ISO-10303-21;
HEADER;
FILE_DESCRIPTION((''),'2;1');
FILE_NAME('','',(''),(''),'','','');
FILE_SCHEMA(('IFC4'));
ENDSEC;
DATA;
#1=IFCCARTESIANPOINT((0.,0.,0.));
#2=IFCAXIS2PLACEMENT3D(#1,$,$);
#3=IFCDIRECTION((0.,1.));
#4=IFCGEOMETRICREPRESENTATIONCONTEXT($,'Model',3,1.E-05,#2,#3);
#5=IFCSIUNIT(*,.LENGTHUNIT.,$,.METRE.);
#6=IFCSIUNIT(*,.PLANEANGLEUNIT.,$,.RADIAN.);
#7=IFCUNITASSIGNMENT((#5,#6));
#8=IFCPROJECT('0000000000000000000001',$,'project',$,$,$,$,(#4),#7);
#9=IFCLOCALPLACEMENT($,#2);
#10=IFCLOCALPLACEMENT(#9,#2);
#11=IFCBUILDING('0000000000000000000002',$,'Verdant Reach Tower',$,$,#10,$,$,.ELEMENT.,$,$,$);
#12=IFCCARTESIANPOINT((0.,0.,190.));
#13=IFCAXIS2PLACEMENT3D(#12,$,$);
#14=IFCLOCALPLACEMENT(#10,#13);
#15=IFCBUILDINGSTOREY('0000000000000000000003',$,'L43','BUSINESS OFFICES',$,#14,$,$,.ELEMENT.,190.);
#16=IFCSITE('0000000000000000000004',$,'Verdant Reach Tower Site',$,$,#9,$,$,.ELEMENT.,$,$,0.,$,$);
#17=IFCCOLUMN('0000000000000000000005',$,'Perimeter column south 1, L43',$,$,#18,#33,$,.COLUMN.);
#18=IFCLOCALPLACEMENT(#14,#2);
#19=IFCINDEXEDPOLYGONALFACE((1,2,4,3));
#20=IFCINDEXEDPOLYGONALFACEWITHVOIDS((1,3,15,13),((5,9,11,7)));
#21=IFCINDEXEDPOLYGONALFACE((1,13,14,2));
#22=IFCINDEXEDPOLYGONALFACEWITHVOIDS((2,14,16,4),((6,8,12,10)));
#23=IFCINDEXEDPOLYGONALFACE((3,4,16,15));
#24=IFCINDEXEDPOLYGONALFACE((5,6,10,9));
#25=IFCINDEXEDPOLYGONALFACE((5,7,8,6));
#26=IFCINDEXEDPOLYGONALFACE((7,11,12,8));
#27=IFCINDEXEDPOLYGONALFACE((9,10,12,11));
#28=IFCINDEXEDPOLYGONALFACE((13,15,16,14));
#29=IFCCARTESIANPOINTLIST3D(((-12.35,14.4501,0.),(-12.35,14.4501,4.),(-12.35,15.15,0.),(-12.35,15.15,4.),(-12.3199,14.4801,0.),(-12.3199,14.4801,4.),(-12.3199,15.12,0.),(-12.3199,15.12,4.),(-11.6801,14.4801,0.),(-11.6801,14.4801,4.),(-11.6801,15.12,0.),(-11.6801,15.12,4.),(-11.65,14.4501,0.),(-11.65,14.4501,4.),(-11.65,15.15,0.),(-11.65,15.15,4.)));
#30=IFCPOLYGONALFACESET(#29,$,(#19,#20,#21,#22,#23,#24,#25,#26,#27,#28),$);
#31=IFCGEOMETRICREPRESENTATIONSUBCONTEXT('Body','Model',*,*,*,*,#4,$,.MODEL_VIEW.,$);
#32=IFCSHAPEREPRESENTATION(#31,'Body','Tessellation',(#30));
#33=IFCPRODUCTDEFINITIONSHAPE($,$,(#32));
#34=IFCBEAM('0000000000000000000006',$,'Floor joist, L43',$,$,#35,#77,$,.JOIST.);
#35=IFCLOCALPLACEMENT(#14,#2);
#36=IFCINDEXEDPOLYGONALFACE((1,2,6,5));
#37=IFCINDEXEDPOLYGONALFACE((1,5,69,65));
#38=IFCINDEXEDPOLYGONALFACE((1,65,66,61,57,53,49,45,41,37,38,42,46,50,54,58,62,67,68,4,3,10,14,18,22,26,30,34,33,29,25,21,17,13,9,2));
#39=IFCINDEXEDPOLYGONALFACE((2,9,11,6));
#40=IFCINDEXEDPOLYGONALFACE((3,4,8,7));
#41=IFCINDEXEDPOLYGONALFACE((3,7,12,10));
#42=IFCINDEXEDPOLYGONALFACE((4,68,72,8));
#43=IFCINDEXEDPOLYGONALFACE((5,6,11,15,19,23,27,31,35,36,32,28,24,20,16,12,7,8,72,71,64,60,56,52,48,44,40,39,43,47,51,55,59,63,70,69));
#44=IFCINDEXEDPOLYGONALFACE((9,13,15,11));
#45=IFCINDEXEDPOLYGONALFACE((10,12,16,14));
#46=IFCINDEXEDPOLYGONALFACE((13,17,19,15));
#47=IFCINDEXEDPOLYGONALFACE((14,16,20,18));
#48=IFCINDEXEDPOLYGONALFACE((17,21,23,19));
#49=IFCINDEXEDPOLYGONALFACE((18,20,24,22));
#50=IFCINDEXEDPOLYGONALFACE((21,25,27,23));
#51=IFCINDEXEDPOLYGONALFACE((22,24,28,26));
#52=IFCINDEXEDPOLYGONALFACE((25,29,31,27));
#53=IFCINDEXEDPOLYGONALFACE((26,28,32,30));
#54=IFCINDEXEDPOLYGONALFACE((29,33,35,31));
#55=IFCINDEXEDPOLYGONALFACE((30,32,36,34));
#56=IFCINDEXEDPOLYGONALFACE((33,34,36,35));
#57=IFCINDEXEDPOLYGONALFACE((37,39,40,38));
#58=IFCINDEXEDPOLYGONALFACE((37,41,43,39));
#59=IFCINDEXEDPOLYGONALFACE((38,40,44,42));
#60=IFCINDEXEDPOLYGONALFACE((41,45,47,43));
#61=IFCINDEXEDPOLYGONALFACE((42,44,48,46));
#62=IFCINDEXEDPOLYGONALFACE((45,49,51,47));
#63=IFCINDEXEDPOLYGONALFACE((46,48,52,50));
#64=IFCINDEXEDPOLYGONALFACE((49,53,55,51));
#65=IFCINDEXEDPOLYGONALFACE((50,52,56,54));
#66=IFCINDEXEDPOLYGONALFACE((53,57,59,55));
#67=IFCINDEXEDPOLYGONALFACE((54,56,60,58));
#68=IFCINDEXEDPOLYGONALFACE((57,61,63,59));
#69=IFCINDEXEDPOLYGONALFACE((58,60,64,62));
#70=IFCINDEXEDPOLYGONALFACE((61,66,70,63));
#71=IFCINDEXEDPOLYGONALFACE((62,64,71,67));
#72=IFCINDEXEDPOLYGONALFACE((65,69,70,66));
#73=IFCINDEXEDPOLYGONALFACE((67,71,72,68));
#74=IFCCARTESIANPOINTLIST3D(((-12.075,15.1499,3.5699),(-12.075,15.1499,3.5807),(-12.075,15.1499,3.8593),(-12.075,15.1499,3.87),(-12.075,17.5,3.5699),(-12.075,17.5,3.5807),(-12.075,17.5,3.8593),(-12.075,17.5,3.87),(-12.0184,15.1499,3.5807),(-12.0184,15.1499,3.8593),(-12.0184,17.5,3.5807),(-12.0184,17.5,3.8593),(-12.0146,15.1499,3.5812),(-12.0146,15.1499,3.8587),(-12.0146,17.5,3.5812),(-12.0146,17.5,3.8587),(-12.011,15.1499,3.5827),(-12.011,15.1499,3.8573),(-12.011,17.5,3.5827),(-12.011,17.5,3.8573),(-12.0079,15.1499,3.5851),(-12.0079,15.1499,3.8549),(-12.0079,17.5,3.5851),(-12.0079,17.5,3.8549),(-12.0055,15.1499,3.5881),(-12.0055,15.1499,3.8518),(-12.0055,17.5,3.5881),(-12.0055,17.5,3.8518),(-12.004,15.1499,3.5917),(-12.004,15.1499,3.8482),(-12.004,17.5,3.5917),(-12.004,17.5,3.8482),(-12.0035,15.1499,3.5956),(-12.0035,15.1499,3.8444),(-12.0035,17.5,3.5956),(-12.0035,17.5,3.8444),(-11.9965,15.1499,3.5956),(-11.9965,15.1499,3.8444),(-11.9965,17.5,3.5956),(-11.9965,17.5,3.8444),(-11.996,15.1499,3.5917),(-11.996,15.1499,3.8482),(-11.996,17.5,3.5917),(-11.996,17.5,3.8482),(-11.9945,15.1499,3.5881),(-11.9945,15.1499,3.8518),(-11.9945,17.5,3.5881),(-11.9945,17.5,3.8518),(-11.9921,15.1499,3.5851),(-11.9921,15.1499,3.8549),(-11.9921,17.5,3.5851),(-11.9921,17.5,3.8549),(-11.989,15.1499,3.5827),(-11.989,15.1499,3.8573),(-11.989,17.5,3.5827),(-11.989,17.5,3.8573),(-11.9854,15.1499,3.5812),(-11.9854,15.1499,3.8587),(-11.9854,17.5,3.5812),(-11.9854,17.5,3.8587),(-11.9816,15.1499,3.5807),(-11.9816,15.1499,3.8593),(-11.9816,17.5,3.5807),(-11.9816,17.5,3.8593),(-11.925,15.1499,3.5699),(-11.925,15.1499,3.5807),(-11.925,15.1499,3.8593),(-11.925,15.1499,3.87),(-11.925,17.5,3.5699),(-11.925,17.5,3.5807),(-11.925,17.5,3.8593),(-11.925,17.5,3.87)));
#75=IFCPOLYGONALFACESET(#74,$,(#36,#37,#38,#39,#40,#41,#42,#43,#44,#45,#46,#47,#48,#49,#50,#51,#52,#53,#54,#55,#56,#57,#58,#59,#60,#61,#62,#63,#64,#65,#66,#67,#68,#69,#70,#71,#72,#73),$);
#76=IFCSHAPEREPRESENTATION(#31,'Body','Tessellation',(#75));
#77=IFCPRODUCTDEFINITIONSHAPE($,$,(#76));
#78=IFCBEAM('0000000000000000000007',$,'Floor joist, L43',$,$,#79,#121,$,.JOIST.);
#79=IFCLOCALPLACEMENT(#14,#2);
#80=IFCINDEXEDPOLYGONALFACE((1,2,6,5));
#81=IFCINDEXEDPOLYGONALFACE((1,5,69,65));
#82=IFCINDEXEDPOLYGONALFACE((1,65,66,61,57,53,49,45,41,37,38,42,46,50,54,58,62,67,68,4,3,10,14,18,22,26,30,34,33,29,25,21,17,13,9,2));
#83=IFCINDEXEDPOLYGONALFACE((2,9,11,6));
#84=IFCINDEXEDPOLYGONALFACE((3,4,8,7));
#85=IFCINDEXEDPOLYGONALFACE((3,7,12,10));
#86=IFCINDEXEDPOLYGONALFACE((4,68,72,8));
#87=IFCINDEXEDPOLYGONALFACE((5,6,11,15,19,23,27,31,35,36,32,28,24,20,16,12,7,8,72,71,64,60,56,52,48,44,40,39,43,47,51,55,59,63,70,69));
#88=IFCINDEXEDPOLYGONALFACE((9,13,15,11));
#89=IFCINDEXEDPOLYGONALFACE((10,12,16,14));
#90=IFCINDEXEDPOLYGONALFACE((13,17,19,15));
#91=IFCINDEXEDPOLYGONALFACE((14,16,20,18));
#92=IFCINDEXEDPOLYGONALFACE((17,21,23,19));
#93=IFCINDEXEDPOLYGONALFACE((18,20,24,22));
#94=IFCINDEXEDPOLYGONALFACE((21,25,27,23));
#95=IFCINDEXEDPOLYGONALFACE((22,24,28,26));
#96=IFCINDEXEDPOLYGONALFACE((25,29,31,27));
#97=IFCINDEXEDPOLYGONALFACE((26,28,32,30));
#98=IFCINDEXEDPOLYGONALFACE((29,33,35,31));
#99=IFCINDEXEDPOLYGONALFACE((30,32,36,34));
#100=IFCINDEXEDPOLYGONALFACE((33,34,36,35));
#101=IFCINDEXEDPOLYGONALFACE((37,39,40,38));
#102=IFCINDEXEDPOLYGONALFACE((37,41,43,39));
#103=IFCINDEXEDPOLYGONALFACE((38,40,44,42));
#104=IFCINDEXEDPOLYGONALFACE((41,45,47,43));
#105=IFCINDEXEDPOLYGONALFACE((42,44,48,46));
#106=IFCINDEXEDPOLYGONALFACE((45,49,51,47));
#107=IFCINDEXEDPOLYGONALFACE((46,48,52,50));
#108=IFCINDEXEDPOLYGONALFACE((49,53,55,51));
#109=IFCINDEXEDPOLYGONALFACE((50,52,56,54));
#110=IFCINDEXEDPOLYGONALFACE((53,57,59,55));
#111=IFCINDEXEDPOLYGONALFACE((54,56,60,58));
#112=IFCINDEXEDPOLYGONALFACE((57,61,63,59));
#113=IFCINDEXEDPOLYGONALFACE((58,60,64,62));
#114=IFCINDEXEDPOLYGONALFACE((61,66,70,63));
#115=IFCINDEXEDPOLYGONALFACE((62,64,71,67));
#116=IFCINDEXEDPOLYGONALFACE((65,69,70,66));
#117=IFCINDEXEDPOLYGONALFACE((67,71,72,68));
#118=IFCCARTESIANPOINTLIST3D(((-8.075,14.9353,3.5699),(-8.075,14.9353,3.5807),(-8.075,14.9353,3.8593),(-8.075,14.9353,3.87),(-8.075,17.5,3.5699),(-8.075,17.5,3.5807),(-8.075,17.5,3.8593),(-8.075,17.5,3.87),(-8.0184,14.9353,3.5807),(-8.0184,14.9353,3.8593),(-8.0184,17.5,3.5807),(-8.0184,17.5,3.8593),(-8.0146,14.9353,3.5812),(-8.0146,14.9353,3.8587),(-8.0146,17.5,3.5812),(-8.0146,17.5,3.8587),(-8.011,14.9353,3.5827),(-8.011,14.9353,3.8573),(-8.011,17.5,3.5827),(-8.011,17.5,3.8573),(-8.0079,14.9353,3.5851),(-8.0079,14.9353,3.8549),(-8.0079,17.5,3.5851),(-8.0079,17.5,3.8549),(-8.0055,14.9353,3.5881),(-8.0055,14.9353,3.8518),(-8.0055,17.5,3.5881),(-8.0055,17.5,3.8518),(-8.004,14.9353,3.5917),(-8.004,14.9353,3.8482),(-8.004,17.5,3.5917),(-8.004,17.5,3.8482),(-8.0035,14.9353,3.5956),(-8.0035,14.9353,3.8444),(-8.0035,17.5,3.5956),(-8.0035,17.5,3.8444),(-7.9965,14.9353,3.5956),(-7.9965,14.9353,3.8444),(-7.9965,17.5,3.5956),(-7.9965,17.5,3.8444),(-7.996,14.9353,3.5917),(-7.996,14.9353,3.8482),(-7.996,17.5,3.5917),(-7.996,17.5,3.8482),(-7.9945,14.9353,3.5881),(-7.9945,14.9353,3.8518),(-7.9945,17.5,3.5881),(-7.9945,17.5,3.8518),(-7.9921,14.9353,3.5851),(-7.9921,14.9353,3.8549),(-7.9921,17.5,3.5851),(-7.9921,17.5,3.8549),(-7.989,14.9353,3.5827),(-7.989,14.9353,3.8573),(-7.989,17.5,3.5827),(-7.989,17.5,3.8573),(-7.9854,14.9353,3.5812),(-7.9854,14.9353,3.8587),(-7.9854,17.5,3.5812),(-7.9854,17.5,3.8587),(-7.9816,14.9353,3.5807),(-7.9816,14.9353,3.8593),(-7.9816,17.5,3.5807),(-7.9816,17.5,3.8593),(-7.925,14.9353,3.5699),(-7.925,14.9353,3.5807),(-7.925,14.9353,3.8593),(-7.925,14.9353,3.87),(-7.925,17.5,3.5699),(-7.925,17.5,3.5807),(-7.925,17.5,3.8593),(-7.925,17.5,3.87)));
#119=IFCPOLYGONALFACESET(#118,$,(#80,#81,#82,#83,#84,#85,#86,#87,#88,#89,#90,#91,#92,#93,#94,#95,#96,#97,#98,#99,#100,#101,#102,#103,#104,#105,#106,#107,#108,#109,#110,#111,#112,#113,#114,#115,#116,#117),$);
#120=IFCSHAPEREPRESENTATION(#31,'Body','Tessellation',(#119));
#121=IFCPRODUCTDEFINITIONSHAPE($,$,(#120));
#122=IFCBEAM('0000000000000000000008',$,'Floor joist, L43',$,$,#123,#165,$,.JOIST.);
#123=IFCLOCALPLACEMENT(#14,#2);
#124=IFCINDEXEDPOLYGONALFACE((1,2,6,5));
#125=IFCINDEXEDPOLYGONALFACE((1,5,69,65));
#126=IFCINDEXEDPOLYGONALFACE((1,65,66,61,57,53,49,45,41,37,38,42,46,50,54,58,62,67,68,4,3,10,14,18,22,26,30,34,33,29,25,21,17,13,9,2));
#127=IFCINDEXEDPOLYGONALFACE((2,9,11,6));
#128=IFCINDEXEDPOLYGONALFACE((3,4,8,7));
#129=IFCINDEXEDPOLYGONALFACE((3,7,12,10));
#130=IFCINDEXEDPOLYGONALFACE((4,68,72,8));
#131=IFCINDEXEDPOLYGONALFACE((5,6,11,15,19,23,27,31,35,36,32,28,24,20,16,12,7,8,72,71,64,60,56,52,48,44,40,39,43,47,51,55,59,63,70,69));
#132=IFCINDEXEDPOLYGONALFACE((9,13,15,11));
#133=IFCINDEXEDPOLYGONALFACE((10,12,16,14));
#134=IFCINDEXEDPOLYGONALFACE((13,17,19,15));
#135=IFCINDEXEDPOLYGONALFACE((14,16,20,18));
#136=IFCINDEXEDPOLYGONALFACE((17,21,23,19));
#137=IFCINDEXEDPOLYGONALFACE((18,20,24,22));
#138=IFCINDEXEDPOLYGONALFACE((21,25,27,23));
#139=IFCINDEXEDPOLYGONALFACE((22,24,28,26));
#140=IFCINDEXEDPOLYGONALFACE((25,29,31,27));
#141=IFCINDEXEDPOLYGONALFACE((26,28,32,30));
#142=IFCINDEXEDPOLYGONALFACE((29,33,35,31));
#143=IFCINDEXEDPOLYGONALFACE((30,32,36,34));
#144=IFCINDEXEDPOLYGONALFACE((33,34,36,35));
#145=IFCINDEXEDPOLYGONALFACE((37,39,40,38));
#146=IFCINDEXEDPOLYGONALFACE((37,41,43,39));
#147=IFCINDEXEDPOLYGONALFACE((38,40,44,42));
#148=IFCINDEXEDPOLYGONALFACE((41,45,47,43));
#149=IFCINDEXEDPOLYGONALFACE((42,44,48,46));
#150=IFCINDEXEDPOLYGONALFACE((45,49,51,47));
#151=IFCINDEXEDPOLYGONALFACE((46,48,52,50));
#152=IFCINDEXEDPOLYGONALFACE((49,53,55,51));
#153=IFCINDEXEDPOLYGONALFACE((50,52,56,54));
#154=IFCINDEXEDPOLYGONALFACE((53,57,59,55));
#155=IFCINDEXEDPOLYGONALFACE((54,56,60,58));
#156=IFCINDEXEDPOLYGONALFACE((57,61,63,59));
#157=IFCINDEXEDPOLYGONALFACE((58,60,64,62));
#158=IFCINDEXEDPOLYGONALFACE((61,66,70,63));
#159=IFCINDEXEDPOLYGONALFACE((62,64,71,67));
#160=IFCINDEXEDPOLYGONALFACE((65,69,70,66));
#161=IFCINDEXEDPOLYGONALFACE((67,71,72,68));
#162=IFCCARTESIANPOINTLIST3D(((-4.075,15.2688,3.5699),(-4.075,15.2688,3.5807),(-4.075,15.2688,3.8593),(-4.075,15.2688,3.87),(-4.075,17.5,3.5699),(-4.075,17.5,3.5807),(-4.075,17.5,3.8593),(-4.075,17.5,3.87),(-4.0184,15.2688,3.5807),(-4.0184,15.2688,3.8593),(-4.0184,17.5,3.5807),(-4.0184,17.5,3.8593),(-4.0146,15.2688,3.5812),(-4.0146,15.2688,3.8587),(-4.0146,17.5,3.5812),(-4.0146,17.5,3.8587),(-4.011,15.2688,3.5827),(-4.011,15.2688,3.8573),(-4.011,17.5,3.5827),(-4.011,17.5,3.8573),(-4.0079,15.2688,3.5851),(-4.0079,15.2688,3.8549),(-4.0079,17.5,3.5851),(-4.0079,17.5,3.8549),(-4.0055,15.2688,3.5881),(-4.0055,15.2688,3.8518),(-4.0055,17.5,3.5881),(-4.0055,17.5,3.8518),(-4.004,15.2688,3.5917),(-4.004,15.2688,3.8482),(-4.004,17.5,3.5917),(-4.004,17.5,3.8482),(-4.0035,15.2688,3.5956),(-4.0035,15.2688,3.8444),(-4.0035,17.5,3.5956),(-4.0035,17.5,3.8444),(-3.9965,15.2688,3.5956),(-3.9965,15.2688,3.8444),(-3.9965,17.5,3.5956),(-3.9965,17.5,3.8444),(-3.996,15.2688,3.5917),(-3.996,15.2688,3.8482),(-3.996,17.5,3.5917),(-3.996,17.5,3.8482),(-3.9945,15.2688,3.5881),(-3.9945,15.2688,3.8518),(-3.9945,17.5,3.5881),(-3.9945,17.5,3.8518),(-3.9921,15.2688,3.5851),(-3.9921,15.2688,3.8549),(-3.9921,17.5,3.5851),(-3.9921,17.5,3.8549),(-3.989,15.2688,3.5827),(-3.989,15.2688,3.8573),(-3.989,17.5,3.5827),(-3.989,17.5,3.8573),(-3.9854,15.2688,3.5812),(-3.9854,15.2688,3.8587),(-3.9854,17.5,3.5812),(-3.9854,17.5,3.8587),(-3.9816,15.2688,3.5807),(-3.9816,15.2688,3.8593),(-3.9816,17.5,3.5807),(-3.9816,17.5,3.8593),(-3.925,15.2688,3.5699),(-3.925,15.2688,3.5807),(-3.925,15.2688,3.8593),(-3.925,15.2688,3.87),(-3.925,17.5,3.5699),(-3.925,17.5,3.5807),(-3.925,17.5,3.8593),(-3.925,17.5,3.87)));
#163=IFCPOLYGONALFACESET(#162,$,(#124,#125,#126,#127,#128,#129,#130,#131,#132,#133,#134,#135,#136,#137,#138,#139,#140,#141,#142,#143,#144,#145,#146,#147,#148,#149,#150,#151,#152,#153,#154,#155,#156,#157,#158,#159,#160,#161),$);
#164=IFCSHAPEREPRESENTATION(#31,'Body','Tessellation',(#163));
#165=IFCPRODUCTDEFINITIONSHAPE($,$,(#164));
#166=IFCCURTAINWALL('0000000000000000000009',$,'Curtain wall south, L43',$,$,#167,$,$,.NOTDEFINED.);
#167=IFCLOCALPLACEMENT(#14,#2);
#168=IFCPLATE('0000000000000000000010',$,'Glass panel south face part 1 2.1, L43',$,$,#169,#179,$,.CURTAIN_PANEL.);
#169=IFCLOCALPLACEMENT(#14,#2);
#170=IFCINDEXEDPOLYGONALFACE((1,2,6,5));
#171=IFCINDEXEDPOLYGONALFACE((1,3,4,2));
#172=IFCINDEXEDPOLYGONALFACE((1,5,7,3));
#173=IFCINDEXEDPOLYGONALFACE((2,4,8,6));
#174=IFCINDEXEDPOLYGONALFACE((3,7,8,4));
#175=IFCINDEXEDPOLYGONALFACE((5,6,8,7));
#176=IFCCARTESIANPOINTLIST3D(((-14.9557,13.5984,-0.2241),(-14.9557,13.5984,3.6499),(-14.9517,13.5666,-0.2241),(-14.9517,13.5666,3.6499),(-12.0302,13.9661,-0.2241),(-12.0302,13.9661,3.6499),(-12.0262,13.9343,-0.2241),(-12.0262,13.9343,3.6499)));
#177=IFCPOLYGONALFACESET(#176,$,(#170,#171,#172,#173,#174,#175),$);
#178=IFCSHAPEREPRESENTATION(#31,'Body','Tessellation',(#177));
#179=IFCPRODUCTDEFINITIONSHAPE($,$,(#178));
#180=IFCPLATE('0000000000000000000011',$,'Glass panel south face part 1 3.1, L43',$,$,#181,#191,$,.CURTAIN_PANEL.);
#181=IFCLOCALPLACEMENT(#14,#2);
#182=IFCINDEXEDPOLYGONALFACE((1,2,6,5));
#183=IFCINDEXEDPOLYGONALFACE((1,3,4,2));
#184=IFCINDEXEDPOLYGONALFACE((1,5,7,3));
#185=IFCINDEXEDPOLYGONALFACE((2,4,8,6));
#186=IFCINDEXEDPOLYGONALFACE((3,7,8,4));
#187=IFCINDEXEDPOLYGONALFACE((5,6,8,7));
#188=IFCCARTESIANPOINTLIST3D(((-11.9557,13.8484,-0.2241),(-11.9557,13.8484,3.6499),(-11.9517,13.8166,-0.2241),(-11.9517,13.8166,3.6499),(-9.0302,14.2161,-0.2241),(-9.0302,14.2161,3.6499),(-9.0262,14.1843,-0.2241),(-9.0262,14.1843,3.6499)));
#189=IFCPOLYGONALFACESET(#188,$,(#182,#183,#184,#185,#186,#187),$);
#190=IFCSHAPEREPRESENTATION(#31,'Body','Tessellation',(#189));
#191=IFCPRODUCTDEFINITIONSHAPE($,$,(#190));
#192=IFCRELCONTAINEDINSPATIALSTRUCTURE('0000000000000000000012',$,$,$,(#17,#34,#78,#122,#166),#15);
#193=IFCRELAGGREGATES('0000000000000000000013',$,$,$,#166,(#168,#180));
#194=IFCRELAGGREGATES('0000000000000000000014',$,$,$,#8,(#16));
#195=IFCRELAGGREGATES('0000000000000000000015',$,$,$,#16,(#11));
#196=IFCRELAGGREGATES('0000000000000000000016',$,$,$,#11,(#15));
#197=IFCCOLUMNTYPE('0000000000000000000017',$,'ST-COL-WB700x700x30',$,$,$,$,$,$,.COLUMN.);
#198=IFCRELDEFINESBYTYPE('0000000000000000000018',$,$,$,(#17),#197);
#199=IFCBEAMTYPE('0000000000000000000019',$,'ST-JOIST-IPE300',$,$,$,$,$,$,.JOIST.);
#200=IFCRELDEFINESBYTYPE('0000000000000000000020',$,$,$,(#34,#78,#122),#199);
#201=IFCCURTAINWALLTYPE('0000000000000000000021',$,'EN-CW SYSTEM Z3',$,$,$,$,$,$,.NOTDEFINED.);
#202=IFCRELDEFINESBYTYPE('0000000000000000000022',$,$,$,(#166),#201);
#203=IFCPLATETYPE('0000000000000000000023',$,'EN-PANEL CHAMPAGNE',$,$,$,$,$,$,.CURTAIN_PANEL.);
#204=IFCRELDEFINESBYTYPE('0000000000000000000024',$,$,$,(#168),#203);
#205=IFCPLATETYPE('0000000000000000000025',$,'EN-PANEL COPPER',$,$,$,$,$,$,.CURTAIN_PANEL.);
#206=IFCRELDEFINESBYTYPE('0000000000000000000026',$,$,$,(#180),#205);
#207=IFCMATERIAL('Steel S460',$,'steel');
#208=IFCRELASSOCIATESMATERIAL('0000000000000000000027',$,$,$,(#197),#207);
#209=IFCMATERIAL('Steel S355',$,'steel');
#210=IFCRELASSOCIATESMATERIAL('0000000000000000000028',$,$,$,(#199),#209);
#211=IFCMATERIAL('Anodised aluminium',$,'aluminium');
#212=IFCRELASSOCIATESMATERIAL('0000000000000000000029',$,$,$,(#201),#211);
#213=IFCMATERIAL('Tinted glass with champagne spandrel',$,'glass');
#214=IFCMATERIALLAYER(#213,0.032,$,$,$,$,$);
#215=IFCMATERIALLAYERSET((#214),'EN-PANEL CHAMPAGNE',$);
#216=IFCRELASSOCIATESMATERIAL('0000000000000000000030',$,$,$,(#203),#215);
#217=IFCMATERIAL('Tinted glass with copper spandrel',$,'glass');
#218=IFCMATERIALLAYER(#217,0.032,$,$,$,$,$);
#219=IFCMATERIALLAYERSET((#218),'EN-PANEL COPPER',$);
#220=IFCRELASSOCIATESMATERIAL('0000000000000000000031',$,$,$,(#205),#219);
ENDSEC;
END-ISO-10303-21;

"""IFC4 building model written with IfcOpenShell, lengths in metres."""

from ifc_helpers import new_model, si_unit, direction, frame, origin, origin_2d, place, context, subcontext, project, spatial, rectangle, hollow_rectangle, i_section, extrude, material, layer, layer_set, material_profile, profile_set, type_object, element, aggregate, save


model = new_model("IFC4")

# Units and contexts
model_context = context("Model", 3, precision=1e-05, world=origin(), true_north=direction((0.0, 1.0)))
body_context = subcontext(model_context, "Body", "Model", "MODEL_VIEW")
ifc_project = project(units=[si_unit("LENGTHUNIT", "METRE"), si_unit("PLANEANGLEUNIT", "RADIAN")], contexts=[model_context])

# Site, building, storey
site_placement = place(None, origin())
site = spatial("IfcSite", under=ifc_project, at=site_placement, Name="Verdant Reach Tower Site", CompositionType="ELEMENT", RefElevation=0.0)
building_placement = place(site_placement, origin())
building = spatial("IfcBuilding", under=site, at=building_placement, Name="Verdant Reach Tower", CompositionType="ELEMENT")
storey_placement = place(building_placement, frame((0.0, 0.0, 190.0)))
storey = spatial("IfcBuildingStorey", under=building, at=storey_placement, Name="L43", Description="BUSINESS OFFICES", CompositionType="ELEMENT", Elevation=190.0)

# Column
ifc_material_1 = material(Name="Steel S460", Category="steel")
ifc_material_profile_1 = material_profile(ifc_material_1, hollow_rectangle(XDim=0.7, YDim=0.7, WallThickness=0.03, at=origin_2d()), Name="WB 700x700x30")
ifc_profile_set_1 = profile_set([ifc_material_profile_1], Name="Steel S460")
column_type = type_object("IfcColumnType", Name="ST-COL-WB700x700x30", PredefinedType="COLUMN", material=ifc_profile_set_1)
column_placement = place(storey_placement, frame((-12.0, 14.8, 0.0), z_axis=(0.0, 0.0, 1.0), x_axis=(1.0, 0.0, 0.0)))
element("IfcColumn", 1, at=column_placement, inside=storey, type_object=column_type, Name="Perimeter column south 1, L43", PredefinedType="COLUMN", context=body_context, shape_type="SweptSolid", body=[
    extrude(hollow_rectangle(XDim=0.7, YDim=0.7, WallThickness=0.03, at=origin_2d()), origin(), (0.0, 0.0, 1.0), 4.0),
])

# Beams
ifc_material_2 = material(Name="Steel S355", Category="steel")
ifc_material_profile_2 = material_profile(ifc_material_2, i_section(OverallWidth=0.1499, OverallDepth=0.3, WebThickness=0.0071, FlangeThickness=0.0107, FilletRadius=0.0149, at=origin_2d()), Name="IPE 300")
ifc_profile_set_2 = profile_set([ifc_material_profile_2], Name="Steel S355")
beam_type = type_object("IfcBeamType", Name="ST-JOIST-IPE300", PredefinedType="JOIST", material=ifc_profile_set_2)
beam_1_placement = place(storey_placement, frame((-12.0, 17.5, 3.72), z_axis=(0.0, -1.0, 0.0), x_axis=(1.0, 0.0, 0.0)))
element("IfcBeam", 2, at=beam_1_placement, inside=storey, type_object=beam_type, Name="Floor joist, L43", PredefinedType="JOIST", context=body_context, shape_type="SweptSolid", body=[
    extrude(i_section(OverallWidth=0.1499, OverallDepth=0.3, WebThickness=0.0071, FlangeThickness=0.0107, FilletRadius=0.0149, at=origin_2d()), origin(), (0.0, 0.0, 1.0), 2.3501),
])
beam_2_placement = place(storey_placement, frame((-8.0, 17.5, 3.72), z_axis=(0.0, -1.0, 0.0), x_axis=(1.0, 0.0, 0.0)))
element("IfcBeam", 3, at=beam_2_placement, inside=storey, type_object=beam_type, Name="Floor joist, L43", PredefinedType="JOIST", context=body_context, shape_type="SweptSolid", body=[
    extrude(i_section(OverallWidth=0.1499, OverallDepth=0.3, WebThickness=0.0071, FlangeThickness=0.0107, FilletRadius=0.0149, at=origin_2d()), origin(), (0.0, 0.0, 1.0), 2.5647),
])
beam_3_placement = place(storey_placement, frame((-4.0, 17.5, 3.72), z_axis=(0.0, -1.0, 0.0), x_axis=(1.0, 0.0, 0.0)))
element("IfcBeam", 4, at=beam_3_placement, inside=storey, type_object=beam_type, Name="Floor joist, L43", PredefinedType="JOIST", context=body_context, shape_type="SweptSolid", body=[
    extrude(i_section(OverallWidth=0.1499, OverallDepth=0.3, WebThickness=0.0071, FlangeThickness=0.0107, FilletRadius=0.0149, at=origin_2d()), origin(), (0.0, 0.0, 1.0), 2.2312),
])

# Curtain wall, plates
ifc_material_3 = material(Name="Anodised aluminium", Category="aluminium")
curtain_wall_type = type_object("IfcCurtainWallType", Name="EN-CW SYSTEM Z3", PredefinedType="NOTDEFINED", material=ifc_material_3)
curtain_wall_placement = place(storey_placement, origin())
curtain_wall = element("IfcCurtainWall", 5, at=curtain_wall_placement, inside=storey, type_object=curtain_wall_type, Name="Curtain wall south, L43", PredefinedType="NOTDEFINED")
ifc_material_4 = material(Name="Tinted glass with champagne spandrel", Category="glass")
ifc_layer_1 = layer(ifc_material_4, 0.032)
ifc_layer_set_1 = layer_set([ifc_layer_1], Name="EN-PANEL CHAMPAGNE")
plate_type_1 = type_object("IfcPlateType", Name="EN-PANEL CHAMPAGNE", PredefinedType="CURTAIN_PANEL", material=ifc_layer_set_1)
plate_1_placement = place(storey_placement, frame((-13.491, 13.7664, -0.2241), z_axis=(0.0, 0.0, 1.0), x_axis=(0.992194, 0.124704, 0.0)))
plate_1 = element("IfcPlate", 6, at=plate_1_placement, type_object=plate_type_1, Name="Glass panel south face part 1 2.1, L43", PredefinedType="CURTAIN_PANEL", context=body_context, shape_type="SweptSolid", body=[
    extrude(rectangle(XDim=2.9485, YDim=0.032, at=origin_2d()), origin(), (0.0, 0.0, 1.0), 3.874),
])
ifc_material_5 = material(Name="Tinted glass with copper spandrel", Category="glass")
ifc_layer_2 = layer(ifc_material_5, 0.032)
ifc_layer_set_2 = layer_set([ifc_layer_2], Name="EN-PANEL COPPER")
plate_type_2 = type_object("IfcPlateType", Name="EN-PANEL COPPER", PredefinedType="CURTAIN_PANEL", material=ifc_layer_set_2)
plate_2_placement = place(storey_placement, frame((-10.491, 14.0164, -0.2241), z_axis=(0.0, 0.0, 1.0), x_axis=(0.992194, 0.124704, 0.0)))
plate_2 = element("IfcPlate", 7, at=plate_2_placement, type_object=plate_type_2, Name="Glass panel south face part 1 3.1, L43", PredefinedType="CURTAIN_PANEL", context=body_context, shape_type="SweptSolid", body=[
    extrude(rectangle(XDim=2.9485, YDim=0.032, at=origin_2d()), origin(), (0.0, 0.0, 1.0), 3.874),
])
aggregate(curtain_wall, [plate_1, plate_2])

save(model, "model.ifc")
